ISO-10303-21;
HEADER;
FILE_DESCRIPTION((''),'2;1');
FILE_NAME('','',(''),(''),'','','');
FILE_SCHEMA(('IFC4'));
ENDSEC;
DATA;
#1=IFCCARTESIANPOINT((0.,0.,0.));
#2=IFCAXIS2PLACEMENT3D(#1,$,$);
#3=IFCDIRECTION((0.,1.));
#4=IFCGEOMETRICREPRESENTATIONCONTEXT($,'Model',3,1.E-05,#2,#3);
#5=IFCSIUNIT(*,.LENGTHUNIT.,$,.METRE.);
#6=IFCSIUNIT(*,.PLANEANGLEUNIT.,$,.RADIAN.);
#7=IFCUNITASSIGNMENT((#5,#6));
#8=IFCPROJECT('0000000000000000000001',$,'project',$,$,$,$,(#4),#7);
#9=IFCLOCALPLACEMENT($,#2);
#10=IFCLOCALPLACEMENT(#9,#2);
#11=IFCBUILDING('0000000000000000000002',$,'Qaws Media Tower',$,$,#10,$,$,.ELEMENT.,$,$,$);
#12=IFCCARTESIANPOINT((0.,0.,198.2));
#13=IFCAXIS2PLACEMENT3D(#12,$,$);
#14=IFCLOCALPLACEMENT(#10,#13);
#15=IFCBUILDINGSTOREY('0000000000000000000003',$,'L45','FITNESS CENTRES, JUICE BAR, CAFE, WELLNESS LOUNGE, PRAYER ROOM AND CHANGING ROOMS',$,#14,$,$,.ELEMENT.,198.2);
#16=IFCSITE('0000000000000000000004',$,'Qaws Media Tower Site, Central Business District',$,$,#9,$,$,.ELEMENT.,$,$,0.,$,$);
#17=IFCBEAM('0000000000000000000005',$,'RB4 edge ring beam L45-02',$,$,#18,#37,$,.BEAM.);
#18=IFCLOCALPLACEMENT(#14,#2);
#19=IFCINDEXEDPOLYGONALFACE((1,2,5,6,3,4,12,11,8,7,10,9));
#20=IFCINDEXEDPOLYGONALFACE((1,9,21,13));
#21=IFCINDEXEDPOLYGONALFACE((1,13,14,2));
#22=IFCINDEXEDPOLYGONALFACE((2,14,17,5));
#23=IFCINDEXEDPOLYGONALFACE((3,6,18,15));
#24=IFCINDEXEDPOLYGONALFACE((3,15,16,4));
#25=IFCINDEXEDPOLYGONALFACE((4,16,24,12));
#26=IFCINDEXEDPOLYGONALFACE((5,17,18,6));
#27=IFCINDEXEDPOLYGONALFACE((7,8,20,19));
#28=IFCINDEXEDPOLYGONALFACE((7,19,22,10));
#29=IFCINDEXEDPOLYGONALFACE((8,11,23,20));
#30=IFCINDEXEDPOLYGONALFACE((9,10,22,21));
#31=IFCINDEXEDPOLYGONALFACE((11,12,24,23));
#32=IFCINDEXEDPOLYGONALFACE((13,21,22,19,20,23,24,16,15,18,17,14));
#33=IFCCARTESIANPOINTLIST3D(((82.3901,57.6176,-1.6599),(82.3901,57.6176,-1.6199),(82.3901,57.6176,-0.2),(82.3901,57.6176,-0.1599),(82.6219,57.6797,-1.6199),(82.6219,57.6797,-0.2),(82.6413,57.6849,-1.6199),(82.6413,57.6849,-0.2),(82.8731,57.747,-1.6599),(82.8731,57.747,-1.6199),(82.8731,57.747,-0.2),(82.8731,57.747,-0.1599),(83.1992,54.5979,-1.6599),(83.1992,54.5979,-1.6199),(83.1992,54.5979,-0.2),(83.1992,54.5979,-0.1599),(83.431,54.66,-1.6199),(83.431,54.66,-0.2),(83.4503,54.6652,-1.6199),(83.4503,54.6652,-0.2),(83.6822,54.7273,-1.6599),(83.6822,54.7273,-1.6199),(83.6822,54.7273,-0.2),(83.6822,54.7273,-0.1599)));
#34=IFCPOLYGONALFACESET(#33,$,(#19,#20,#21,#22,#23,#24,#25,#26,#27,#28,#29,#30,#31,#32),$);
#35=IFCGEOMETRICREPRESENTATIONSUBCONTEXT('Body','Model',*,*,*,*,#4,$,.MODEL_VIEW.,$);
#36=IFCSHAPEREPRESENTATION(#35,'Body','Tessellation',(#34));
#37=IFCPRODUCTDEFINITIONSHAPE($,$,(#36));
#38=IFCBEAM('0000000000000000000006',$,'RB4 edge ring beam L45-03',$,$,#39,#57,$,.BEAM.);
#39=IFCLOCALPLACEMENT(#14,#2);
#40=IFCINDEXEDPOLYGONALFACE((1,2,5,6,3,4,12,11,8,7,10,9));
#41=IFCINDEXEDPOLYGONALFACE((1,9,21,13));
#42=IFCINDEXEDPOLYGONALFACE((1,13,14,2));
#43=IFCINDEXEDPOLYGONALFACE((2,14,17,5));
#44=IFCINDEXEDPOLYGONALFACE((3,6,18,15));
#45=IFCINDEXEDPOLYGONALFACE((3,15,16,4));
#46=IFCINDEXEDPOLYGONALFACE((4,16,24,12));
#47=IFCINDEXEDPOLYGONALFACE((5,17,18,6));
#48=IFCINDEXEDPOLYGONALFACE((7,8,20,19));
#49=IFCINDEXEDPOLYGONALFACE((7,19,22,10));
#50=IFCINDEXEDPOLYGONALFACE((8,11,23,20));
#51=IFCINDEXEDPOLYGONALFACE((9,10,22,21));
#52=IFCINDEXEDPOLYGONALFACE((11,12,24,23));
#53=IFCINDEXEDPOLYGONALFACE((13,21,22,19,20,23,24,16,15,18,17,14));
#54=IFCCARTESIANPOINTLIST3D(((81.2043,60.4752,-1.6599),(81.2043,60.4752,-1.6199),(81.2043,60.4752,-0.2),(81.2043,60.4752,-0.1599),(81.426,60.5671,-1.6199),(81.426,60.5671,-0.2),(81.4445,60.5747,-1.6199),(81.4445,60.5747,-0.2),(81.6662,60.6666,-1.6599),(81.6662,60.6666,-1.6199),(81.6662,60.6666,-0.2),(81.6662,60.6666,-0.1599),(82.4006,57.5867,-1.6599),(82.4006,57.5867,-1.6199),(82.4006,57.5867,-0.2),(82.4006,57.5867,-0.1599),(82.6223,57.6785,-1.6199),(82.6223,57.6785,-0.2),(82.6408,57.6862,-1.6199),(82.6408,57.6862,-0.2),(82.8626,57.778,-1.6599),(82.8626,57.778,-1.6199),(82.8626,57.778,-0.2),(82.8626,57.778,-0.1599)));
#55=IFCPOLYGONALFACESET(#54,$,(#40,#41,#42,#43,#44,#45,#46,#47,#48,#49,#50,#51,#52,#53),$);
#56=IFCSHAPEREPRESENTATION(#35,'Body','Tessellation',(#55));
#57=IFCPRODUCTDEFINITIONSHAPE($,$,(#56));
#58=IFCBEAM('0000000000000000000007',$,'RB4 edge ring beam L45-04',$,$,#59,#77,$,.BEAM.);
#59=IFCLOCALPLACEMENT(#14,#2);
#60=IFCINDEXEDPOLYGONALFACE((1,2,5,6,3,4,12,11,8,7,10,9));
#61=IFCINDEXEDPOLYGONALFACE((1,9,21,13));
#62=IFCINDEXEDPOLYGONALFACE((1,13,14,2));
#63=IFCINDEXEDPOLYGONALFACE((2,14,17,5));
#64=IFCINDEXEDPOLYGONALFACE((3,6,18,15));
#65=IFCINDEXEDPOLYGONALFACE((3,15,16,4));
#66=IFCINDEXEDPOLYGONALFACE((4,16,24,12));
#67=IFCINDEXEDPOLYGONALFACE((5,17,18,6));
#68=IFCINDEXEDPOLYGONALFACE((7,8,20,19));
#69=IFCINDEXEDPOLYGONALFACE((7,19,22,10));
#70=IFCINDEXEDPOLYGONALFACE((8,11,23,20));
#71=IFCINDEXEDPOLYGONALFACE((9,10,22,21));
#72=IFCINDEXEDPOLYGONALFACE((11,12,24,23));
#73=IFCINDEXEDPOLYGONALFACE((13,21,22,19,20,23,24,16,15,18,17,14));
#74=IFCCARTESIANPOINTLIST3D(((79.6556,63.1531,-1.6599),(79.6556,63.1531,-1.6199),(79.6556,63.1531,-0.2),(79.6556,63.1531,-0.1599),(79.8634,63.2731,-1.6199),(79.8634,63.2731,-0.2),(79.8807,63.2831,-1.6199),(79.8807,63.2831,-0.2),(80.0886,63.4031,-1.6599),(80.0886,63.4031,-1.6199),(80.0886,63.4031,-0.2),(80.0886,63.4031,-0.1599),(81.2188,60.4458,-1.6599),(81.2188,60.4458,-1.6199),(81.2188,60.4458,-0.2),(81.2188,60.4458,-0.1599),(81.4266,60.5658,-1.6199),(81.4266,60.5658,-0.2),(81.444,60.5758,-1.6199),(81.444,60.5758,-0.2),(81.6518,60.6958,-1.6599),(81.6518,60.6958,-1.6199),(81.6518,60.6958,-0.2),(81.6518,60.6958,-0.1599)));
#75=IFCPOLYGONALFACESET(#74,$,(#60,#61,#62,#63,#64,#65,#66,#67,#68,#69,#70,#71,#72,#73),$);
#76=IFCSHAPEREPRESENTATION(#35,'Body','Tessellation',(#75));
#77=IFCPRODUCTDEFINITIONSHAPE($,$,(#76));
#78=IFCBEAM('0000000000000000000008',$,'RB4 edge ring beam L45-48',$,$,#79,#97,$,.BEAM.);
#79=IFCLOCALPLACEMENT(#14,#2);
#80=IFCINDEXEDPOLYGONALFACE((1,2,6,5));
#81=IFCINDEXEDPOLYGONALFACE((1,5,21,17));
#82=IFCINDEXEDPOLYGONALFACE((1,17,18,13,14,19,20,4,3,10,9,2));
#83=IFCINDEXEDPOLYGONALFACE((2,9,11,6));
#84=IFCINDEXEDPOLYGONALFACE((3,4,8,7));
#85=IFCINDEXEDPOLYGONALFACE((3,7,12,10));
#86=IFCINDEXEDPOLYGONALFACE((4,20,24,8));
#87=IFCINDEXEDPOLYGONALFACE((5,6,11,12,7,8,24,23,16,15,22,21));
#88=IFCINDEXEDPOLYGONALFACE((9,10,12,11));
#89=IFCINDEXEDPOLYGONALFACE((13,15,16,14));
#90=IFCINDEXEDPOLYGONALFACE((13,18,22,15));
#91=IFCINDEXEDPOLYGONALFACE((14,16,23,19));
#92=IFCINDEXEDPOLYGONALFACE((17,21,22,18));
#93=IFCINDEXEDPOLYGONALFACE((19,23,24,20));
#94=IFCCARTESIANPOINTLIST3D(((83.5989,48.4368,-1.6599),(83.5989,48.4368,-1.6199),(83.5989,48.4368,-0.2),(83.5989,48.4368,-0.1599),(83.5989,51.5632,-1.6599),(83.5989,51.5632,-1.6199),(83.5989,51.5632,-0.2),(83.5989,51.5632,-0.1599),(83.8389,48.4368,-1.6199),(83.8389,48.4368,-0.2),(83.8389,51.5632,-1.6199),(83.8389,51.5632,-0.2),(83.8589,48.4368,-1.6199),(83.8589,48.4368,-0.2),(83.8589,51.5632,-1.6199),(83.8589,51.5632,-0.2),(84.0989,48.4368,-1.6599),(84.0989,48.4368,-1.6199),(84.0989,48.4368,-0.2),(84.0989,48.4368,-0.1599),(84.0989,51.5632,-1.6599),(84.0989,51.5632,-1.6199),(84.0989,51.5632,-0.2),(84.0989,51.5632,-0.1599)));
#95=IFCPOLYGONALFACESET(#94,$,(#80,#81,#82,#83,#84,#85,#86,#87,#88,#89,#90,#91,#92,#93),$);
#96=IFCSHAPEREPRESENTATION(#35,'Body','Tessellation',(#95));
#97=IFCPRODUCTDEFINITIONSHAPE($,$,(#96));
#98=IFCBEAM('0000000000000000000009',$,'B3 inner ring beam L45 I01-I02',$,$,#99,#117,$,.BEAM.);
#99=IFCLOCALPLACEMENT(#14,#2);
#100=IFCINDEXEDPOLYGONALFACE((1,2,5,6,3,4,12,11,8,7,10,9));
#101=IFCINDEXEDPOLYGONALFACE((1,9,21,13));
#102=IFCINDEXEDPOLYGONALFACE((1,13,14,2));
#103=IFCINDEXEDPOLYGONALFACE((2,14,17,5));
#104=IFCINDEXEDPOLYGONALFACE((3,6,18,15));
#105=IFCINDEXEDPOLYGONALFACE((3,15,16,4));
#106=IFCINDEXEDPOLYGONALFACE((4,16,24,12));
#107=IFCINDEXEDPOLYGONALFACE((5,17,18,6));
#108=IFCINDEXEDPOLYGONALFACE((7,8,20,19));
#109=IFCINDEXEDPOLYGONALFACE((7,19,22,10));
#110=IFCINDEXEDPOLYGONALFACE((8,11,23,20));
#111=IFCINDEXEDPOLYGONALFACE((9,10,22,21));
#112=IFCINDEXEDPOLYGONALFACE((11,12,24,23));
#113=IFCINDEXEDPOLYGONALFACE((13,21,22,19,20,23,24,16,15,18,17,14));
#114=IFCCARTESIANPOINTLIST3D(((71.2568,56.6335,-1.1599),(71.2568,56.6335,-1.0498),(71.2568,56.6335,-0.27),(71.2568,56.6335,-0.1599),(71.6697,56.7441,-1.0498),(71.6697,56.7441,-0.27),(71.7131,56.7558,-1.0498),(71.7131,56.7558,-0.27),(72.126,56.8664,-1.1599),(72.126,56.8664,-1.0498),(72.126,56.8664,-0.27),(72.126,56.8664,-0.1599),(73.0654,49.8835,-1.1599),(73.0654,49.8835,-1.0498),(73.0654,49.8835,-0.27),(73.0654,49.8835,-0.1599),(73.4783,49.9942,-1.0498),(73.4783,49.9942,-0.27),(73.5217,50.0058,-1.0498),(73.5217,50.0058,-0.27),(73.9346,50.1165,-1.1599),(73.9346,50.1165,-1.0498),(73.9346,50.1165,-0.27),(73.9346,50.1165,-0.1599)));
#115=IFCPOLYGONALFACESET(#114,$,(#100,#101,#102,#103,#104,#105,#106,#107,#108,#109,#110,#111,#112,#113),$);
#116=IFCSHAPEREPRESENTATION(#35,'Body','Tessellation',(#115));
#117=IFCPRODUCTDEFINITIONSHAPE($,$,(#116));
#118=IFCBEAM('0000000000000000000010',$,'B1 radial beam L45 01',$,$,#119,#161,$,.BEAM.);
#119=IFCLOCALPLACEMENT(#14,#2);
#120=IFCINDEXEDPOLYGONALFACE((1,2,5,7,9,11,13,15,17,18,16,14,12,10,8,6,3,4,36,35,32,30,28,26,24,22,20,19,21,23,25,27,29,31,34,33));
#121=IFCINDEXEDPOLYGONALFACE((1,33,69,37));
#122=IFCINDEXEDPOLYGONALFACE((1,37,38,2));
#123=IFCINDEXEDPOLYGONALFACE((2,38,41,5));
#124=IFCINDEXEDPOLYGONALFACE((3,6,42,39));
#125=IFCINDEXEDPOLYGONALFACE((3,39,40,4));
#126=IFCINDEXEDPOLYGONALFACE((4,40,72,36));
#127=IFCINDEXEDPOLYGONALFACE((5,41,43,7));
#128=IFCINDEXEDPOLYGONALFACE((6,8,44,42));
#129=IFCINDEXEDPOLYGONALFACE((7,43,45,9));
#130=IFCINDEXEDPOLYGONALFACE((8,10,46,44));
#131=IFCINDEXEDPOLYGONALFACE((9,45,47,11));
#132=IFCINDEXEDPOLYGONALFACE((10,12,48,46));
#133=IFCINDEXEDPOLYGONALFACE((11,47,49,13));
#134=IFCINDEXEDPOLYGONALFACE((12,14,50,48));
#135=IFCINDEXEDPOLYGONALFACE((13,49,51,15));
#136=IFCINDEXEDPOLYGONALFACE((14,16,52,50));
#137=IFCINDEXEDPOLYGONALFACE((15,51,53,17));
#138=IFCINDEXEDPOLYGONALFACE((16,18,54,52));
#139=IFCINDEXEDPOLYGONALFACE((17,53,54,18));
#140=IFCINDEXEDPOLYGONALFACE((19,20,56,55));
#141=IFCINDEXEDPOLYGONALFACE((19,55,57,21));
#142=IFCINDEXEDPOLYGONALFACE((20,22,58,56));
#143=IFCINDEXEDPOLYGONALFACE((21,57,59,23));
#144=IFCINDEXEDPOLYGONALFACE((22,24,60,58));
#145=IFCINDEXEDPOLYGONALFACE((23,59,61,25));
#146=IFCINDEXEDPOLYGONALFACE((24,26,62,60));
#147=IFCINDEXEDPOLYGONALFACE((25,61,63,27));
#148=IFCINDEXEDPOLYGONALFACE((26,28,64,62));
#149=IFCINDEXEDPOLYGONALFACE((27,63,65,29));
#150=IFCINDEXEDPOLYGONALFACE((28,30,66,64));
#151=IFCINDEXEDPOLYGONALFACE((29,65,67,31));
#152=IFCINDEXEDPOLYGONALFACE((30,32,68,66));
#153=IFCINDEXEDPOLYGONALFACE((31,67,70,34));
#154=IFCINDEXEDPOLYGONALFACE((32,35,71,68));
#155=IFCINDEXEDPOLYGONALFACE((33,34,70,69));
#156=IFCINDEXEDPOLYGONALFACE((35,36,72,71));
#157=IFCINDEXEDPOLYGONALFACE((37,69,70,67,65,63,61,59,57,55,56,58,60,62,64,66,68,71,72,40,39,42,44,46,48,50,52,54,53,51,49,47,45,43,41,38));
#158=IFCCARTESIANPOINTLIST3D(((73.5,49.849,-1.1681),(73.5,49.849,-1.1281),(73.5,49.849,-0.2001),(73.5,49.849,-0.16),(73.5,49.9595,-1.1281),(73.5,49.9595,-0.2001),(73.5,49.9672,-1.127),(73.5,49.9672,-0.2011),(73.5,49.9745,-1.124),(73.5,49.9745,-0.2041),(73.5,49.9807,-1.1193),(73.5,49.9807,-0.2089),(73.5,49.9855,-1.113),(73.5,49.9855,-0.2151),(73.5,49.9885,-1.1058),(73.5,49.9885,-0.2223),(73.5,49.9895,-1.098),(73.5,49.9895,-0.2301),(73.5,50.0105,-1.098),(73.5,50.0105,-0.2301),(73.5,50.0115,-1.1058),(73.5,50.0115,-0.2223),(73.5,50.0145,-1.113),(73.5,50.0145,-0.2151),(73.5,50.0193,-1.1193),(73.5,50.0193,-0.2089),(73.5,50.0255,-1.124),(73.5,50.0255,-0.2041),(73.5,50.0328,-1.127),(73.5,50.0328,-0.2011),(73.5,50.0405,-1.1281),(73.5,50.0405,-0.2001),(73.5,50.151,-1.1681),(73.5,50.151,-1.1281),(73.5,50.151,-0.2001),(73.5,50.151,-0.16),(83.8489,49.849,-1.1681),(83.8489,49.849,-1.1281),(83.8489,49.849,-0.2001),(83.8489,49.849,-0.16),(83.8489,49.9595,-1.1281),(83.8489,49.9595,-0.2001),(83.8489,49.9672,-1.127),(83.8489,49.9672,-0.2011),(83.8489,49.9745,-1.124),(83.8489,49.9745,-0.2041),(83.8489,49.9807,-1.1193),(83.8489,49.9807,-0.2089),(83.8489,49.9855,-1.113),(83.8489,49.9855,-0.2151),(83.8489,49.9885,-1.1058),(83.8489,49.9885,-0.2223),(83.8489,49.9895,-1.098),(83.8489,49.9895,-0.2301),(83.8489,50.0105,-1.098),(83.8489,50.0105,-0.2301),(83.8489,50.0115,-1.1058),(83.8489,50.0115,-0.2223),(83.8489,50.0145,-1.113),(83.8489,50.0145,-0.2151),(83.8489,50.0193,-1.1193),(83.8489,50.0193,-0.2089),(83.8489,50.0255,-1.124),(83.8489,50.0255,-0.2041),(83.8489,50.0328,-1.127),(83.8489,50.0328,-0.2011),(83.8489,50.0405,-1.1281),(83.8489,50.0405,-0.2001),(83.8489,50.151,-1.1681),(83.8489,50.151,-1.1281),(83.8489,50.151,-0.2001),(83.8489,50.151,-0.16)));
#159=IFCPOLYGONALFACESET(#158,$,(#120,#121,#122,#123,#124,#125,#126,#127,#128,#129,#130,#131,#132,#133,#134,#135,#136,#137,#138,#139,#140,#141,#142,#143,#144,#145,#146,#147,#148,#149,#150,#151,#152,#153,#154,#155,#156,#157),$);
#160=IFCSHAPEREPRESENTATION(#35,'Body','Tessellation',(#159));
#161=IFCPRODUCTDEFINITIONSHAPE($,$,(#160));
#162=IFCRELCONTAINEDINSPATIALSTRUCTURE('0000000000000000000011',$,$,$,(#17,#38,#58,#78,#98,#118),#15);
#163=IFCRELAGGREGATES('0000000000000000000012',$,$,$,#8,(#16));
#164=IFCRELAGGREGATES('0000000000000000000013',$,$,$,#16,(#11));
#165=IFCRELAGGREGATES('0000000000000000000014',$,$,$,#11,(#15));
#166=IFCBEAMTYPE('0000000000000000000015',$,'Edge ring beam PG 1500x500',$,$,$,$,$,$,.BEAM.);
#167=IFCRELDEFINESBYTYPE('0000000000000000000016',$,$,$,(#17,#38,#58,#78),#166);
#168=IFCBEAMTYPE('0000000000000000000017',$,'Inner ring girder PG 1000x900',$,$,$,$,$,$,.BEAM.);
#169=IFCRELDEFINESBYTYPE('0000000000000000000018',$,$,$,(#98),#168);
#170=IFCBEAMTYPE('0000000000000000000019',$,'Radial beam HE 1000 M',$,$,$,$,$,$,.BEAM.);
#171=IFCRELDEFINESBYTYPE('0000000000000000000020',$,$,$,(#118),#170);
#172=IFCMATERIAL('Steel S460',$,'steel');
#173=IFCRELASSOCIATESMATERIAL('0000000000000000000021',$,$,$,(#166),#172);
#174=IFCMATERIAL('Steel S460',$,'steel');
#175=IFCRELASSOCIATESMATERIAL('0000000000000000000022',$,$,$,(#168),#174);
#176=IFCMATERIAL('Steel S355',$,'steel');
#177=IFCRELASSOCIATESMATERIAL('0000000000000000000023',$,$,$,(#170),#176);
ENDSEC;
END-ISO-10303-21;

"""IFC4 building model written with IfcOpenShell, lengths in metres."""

from ifc_helpers import new_model, si_unit, direction, frame, origin, origin_2d, place, context, subcontext, project, spatial, i_section, extrude, material, material_profile, profile_set, type_object, element, save


model = new_model("IFC4")

# Units and contexts
model_context = context("Model", 3, precision=1e-05, world=origin(), true_north=direction((0.0, 1.0)))
body_context = subcontext(model_context, "Body", "Model", "MODEL_VIEW")
ifc_project = project(units=[si_unit("LENGTHUNIT", "METRE"), si_unit("PLANEANGLEUNIT", "RADIAN")], contexts=[model_context])

# Site, building, storey
site_placement = place(None, origin())
site = spatial("IfcSite", under=ifc_project, at=site_placement, Name="Qaws Media Tower Site, Central Business District", CompositionType="ELEMENT", RefElevation=0.0)
building_placement = place(site_placement, origin())
building = spatial("IfcBuilding", under=site, at=building_placement, Name="Qaws Media Tower", CompositionType="ELEMENT")
storey_placement = place(building_placement, frame((0.0, 0.0, 198.2)))
storey = spatial("IfcBuildingStorey", under=building, at=storey_placement, Name="L45", Description="FITNESS CENTRES, JUICE BAR, CAFE, WELLNESS LOUNGE, PRAYER ROOM AND CHANGING ROOMS", CompositionType="ELEMENT", Elevation=198.2)

# Beams
ifc_material_1 = material(Name="Steel S460", Category="steel")
ifc_material_profile_1 = material_profile(ifc_material_1, i_section(OverallWidth=0.5, OverallDepth=1.5, WebThickness=0.02, FlangeThickness=0.04, at=origin_2d()), Name="PG 1500x500")
ifc_profile_set_1 = profile_set([ifc_material_profile_1], Name="Steel S460")
beam_type_1 = type_object("IfcBeamType", Name="Edge ring beam PG 1500x500", PredefinedType="BEAM", material=ifc_profile_set_1)
for number, where, z_axis, x_axis, name in (
    (1, (83.4407, 54.6626, -0.9099), (-0.2588, 0.965931, 0.0), (-0.965931, -0.2588, 0.0), "RB4 edge ring beam L45-02"),
):
    element("IfcBeam", number, at=place(storey_placement, frame(where, z_axis=z_axis, x_axis=x_axis)), inside=storey, type_object=beam_type_1, Name=name, PredefinedType="BEAM", context=body_context, shape_type="SweptSolid", body=[
        extrude(i_section(OverallWidth=0.5, OverallDepth=1.5, WebThickness=0.02, FlangeThickness=0.04, at=origin_2d()), origin(), (0.0, 0.0, 1.0), 3.1262),
    ])
beam_1_placement = place(storey_placement, frame((82.6316, 57.6824, -0.9099), z_axis=(-0.382646, 0.923895, 0.0), x_axis=(-0.923895, -0.382646, 0.0)))
element("IfcBeam", 2, at=beam_1_placement, inside=storey, type_object=beam_type_1, Name="RB4 edge ring beam L45-03", PredefinedType="BEAM", context=body_context, shape_type="SweptSolid", body=[
    extrude(i_section(OverallWidth=0.5, OverallDepth=1.5, WebThickness=0.02, FlangeThickness=0.04, at=origin_2d()), origin(), (0.0, 0.0, 1.0), 3.1265),
])
beam_2_placement = place(storey_placement, frame((81.4353, 60.5708, -0.9099), z_axis=(-0.500045, 0.866, 0.0), x_axis=(-0.866, -0.500045, 0.0)))
element("IfcBeam", 3, at=beam_2_placement, inside=storey, type_object=beam_type_1, Name="RB4 edge ring beam L45-04", PredefinedType="BEAM", context=body_context, shape_type="SweptSolid", body=[
    extrude(i_section(OverallWidth=0.5, OverallDepth=1.5, WebThickness=0.02, FlangeThickness=0.04, at=origin_2d()), origin(), (0.0, 0.0, 1.0), 3.1262),
])
beam_3_placement = place(storey_placement, frame((83.8489, 48.4368, -0.9099), z_axis=(0.0, 1.0, 0.0), x_axis=(-1.0, 0.0, 0.0)))
element("IfcBeam", 4, at=beam_3_placement, inside=storey, type_object=beam_type_1, Name="RB4 edge ring beam L45-48", PredefinedType="BEAM", context=body_context, shape_type="SweptSolid", body=[
    extrude(i_section(OverallWidth=0.5, OverallDepth=1.5, WebThickness=0.02, FlangeThickness=0.04, at=origin_2d()), origin(), (0.0, 0.0, 1.0), 3.1265),
])
ifc_material_2 = material(Name="Steel S460", Category="steel")
ifc_material_profile_2 = material_profile(ifc_material_2, i_section(OverallWidth=0.8999, OverallDepth=1.0, WebThickness=0.0449, FlangeThickness=0.1101, at=origin_2d()), Name="PG 1000x900")
ifc_profile_set_2 = profile_set([ifc_material_profile_2], Name="Steel S460")
beam_type_2 = type_object("IfcBeamType", Name="Inner ring girder PG 1000x900", PredefinedType="BEAM", material=ifc_profile_set_2)
beam_4_placement = place(storey_placement, frame((73.5, 50.0, -0.6599), z_axis=(-0.258811, 0.965928, 0.0), x_axis=(-0.965928, -0.258811, 0.0)))
element("IfcBeam", 5, at=beam_4_placement, inside=storey, type_object=beam_type_2, Name="B3 inner ring beam L45 I01-I02", PredefinedType="BEAM", context=body_context, shape_type="SweptSolid", body=[
    extrude(i_section(OverallWidth=0.8999, OverallDepth=1.0, WebThickness=0.0449, FlangeThickness=0.1101, at=origin_2d()), origin(), (0.0, 0.0, 1.0), 6.988),
])
ifc_material_3 = material(Name="Steel S355", Category="steel")
ifc_material_profile_3 = material_profile(ifc_material_3, i_section(OverallWidth=0.302, OverallDepth=1.0081, WebThickness=0.021, FlangeThickness=0.04, FilletRadius=0.03, at=origin_2d()), Name="HE 1000 M")
ifc_profile_set_3 = profile_set([ifc_material_profile_3], Name="Steel S355")
beam_type_3 = type_object("IfcBeamType", Name="Radial beam HE 1000 M", PredefinedType="BEAM", material=ifc_profile_set_3)
beam_5_placement = place(storey_placement, frame((73.5, 50.0, -0.6641), z_axis=(1.0, 0.0, 0.0), x_axis=(0.0, 1.0, 0.0)))
element("IfcBeam", 6, at=beam_5_placement, inside=storey, type_object=beam_type_3, Name="B1 radial beam L45 01", PredefinedType="BEAM", context=body_context, shape_type="SweptSolid", body=[
    extrude(i_section(OverallWidth=0.302, OverallDepth=1.0081, WebThickness=0.021, FlangeThickness=0.04, FilletRadius=0.03, at=origin_2d()), origin(), (0.0, 0.0, 1.0), 10.3489),
])

save(model, "model.ifc")
